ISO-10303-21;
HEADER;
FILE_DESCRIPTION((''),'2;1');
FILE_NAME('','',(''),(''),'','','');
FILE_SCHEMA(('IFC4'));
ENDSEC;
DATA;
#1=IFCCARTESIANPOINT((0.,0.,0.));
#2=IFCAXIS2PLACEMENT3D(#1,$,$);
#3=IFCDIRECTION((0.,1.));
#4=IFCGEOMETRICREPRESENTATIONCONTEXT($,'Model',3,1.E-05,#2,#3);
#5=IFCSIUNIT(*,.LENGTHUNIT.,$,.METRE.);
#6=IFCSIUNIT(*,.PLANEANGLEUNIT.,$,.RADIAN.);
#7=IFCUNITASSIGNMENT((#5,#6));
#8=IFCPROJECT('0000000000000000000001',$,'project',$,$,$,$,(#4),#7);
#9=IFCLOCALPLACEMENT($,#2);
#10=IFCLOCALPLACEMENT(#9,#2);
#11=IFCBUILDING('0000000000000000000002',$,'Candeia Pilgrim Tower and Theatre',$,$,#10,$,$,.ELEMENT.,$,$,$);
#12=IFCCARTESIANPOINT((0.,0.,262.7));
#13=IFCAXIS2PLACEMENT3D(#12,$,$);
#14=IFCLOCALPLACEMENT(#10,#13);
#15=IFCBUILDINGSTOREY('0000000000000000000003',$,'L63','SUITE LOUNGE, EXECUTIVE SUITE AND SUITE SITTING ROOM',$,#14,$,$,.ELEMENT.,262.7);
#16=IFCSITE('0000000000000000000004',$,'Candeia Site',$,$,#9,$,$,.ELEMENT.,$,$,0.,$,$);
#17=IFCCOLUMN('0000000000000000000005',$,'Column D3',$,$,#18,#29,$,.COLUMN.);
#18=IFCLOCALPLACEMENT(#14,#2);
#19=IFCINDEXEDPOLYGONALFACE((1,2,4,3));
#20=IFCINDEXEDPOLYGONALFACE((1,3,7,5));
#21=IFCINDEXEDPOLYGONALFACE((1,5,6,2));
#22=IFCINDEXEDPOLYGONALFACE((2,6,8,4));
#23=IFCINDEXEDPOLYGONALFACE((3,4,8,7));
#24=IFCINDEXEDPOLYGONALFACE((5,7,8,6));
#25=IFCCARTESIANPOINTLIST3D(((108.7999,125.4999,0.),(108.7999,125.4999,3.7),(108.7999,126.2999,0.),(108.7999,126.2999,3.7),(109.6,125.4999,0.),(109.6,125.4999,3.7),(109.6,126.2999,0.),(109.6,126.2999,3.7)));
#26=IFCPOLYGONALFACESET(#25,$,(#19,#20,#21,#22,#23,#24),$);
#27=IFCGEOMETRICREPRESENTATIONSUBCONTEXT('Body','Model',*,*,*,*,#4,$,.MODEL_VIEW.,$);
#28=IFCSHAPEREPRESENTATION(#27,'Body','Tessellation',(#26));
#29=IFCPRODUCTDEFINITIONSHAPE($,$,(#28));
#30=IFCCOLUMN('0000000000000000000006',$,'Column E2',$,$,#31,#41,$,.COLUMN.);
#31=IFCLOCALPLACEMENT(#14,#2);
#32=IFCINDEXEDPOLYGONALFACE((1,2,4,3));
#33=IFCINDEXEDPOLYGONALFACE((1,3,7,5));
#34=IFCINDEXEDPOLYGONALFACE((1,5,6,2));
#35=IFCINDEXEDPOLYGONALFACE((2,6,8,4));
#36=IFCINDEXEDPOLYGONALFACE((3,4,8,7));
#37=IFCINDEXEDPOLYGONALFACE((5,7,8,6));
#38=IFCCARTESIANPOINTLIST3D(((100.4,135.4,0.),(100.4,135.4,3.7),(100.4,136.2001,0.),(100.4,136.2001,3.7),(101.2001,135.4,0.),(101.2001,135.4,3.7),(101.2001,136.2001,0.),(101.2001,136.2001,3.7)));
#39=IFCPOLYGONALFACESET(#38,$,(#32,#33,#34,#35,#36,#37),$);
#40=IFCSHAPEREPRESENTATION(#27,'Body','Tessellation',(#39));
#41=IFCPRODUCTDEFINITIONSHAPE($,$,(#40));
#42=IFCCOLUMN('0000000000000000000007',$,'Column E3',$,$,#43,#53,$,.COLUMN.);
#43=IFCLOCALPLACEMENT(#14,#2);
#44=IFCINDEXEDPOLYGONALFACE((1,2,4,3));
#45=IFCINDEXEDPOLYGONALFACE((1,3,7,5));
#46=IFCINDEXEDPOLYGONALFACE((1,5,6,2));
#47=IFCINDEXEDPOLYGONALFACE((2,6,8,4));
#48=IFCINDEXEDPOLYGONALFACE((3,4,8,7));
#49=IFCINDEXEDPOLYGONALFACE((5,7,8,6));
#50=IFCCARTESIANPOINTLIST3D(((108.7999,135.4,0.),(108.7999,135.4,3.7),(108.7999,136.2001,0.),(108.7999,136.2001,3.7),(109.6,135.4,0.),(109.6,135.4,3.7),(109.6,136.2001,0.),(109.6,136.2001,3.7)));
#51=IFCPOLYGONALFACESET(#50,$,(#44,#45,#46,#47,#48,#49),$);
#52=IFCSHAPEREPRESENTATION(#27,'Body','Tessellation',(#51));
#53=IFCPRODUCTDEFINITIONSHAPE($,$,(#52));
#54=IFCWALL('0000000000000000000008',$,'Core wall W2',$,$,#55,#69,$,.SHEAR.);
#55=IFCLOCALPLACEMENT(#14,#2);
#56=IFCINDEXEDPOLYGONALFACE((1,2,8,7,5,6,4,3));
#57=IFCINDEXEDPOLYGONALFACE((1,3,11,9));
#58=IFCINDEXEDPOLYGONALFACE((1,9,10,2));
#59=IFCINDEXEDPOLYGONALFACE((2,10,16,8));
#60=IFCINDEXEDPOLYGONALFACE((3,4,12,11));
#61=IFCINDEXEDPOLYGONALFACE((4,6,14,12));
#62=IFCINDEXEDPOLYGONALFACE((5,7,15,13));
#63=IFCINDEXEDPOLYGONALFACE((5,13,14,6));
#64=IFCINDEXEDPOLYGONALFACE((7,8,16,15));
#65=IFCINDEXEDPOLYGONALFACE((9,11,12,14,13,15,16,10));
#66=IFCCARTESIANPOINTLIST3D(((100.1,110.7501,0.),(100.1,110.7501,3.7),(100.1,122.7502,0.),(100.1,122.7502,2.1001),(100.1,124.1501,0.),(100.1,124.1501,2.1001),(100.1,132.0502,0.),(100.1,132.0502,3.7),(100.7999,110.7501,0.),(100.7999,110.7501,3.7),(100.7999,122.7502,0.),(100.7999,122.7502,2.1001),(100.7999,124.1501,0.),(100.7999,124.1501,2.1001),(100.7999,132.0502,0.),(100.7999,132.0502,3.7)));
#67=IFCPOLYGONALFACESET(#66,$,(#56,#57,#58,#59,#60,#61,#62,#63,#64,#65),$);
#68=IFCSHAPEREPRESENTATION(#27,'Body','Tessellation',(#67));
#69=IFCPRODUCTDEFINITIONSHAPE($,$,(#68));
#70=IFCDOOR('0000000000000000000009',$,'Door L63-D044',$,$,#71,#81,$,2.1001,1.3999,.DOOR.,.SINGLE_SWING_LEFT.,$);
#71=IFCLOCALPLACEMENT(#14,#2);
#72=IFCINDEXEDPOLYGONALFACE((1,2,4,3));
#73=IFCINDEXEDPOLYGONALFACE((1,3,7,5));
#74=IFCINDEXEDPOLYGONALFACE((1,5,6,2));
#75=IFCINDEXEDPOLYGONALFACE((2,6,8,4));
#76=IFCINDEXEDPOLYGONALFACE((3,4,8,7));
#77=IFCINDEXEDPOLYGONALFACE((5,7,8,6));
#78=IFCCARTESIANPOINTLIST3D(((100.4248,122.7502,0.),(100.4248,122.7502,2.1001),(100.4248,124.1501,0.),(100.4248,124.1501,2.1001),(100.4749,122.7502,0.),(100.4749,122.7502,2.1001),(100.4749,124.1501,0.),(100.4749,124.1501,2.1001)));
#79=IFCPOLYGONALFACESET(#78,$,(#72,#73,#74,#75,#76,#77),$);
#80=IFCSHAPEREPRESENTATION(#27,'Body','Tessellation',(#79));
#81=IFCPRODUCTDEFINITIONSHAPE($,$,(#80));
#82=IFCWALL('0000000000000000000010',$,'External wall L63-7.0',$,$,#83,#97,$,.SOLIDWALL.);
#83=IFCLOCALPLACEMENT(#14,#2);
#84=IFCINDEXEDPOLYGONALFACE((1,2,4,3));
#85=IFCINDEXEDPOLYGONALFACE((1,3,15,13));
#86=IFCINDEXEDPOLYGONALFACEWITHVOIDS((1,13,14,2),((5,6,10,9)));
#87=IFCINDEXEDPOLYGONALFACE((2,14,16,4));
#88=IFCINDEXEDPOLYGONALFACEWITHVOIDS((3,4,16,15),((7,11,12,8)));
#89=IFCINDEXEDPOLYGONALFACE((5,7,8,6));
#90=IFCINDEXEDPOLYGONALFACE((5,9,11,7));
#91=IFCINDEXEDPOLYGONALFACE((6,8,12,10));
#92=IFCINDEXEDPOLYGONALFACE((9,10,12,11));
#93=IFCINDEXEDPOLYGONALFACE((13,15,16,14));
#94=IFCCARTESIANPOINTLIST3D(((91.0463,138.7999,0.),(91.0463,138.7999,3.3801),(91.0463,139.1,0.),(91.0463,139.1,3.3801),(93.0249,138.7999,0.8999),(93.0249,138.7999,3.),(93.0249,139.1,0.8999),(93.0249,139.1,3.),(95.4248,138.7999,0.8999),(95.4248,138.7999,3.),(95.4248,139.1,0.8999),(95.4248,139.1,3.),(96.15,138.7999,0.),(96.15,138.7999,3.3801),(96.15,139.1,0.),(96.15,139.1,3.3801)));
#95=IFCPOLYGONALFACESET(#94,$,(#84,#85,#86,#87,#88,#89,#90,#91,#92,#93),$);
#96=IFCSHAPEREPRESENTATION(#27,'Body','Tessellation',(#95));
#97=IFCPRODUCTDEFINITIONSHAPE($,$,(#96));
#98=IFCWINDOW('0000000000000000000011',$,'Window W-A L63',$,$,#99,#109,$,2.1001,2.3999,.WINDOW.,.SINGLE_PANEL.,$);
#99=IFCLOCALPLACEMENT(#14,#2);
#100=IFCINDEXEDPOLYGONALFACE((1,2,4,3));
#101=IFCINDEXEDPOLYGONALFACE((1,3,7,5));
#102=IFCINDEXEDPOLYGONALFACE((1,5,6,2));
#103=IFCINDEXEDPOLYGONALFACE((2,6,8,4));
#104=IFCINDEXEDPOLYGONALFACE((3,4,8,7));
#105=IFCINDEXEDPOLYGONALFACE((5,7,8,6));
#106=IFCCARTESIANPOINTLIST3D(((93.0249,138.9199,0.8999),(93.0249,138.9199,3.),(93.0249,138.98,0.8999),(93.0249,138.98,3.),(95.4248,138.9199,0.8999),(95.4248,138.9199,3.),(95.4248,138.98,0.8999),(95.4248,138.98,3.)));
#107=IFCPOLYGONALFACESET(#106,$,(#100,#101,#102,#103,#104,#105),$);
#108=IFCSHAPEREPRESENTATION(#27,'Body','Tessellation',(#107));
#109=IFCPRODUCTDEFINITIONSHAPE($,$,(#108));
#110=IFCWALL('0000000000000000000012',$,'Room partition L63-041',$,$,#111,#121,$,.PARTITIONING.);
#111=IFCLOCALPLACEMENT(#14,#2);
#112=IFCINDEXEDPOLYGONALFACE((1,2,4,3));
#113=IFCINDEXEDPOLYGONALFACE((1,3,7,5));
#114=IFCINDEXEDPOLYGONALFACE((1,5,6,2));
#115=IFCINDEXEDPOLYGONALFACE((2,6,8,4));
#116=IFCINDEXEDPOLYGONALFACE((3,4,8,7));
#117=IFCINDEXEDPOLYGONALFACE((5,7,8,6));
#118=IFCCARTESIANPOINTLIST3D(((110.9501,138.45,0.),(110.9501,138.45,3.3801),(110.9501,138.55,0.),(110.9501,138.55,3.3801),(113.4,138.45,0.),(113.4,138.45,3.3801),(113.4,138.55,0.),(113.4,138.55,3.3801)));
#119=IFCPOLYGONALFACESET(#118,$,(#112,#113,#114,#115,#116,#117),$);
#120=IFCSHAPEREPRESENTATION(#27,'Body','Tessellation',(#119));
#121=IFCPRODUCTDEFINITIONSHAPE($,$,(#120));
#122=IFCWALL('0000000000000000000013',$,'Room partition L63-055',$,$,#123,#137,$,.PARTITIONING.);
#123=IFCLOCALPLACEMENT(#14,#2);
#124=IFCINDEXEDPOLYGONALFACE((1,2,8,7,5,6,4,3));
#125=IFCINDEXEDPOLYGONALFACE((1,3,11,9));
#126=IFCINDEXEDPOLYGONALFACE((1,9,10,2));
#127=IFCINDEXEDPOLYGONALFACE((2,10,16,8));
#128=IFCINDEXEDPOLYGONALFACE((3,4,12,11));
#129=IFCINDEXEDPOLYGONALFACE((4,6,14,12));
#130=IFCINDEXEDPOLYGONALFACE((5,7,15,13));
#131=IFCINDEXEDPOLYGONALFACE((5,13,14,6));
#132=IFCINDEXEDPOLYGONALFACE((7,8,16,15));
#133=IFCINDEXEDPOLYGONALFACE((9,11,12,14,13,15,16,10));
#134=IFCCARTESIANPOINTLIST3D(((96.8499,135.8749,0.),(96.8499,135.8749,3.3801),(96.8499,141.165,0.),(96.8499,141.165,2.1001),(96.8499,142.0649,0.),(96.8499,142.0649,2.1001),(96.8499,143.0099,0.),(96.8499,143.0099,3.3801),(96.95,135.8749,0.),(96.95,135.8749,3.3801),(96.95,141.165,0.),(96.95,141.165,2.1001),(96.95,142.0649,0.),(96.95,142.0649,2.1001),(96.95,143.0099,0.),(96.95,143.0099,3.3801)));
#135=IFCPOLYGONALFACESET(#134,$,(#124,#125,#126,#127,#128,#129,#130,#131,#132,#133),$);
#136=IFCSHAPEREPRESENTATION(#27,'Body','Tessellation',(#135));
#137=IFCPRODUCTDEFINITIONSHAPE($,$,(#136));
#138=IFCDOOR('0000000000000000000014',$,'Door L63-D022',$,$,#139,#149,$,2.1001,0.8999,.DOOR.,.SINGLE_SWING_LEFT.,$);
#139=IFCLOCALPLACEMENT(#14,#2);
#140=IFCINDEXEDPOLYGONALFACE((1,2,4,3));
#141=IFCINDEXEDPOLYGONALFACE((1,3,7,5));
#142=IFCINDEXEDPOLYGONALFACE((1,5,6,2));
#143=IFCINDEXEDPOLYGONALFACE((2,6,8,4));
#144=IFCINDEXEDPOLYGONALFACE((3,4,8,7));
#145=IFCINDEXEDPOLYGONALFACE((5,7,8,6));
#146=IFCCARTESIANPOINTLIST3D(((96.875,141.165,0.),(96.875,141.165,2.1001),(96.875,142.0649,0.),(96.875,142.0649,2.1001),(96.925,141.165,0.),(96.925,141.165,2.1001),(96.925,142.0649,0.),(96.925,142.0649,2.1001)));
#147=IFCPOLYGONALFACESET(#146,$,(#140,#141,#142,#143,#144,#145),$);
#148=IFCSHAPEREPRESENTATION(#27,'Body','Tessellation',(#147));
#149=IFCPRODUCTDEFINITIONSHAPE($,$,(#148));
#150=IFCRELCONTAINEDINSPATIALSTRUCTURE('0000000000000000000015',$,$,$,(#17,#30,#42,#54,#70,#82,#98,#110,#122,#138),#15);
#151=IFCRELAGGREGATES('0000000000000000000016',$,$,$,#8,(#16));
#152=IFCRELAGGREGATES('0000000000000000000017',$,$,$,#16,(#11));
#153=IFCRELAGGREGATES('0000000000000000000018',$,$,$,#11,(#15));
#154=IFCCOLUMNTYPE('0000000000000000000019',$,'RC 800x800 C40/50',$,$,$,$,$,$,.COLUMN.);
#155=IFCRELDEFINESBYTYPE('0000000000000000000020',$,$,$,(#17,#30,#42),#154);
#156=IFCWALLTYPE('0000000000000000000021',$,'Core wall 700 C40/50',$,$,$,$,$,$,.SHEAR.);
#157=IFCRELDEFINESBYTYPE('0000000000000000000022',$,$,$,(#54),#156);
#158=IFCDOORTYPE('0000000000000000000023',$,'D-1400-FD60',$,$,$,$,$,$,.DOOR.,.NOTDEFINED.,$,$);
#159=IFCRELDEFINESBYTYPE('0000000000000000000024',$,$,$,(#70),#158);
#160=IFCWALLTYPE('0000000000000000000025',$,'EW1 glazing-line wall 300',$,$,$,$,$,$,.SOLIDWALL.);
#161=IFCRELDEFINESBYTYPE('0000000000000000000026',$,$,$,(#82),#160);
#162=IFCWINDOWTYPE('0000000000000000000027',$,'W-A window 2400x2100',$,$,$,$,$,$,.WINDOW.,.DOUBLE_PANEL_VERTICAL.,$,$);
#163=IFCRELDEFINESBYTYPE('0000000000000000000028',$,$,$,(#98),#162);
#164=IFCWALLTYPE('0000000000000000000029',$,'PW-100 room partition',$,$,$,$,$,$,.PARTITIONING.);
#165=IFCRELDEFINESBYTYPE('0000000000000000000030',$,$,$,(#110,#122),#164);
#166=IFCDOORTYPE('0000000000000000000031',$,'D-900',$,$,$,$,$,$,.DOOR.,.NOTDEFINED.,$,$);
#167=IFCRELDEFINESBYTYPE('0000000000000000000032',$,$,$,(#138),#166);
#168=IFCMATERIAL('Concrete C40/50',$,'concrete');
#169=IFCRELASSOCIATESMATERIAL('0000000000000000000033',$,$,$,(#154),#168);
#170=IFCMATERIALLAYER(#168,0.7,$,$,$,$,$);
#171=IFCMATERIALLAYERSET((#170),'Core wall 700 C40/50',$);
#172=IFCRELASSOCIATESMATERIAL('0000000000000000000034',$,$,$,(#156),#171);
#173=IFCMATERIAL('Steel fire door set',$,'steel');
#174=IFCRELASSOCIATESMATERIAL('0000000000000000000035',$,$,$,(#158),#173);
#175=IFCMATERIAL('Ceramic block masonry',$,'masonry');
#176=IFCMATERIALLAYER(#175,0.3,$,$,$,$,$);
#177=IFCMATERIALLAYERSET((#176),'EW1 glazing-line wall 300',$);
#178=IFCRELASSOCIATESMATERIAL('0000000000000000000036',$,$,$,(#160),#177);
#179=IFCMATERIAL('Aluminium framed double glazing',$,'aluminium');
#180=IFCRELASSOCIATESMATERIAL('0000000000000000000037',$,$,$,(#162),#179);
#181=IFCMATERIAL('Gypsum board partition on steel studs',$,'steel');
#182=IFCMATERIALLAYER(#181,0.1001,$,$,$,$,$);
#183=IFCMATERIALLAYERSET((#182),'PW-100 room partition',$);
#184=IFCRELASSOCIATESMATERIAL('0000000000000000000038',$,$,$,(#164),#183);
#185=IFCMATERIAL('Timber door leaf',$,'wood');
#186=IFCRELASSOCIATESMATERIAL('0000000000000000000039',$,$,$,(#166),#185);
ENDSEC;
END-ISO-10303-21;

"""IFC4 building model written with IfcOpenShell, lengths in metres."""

from ifc_helpers import new_model, si_unit, direction, frame, frame_2d, origin, origin_2d, place, context, subcontext, project, spatial, rectangle, extrude, material, layer, layer_set, material_profile, profile_set, type_object, element, fill, save


model = new_model("IFC4")

# Units and contexts
model_context = context("Model", 3, precision=1e-05, world=origin(), true_north=direction((0.0, 1.0)))
body_context = subcontext(model_context, "Body", "Model", "MODEL_VIEW")
ifc_project = project(units=[si_unit("LENGTHUNIT", "METRE"), si_unit("PLANEANGLEUNIT", "RADIAN")], contexts=[model_context])

# Site, building, storey
site_placement = place(None, origin())
site = spatial("IfcSite", under=ifc_project, at=site_placement, Name="Candeia Site", CompositionType="ELEMENT", RefElevation=0.0)
building_placement = place(site_placement, origin())
building = spatial("IfcBuilding", under=site, at=building_placement, Name="Candeia Pilgrim Tower and Theatre", CompositionType="ELEMENT")
storey_placement = place(building_placement, frame((0.0, 0.0, 262.7)))
storey = spatial("IfcBuildingStorey", under=building, at=storey_placement, Name="L63", Description="SUITE LOUNGE, EXECUTIVE SUITE AND SUITE SITTING ROOM", CompositionType="ELEMENT", Elevation=262.7)

# Columns
ifc_material_1 = material(Name="Concrete C40/50", Category="concrete")
ifc_material_profile = material_profile(ifc_material_1, rectangle(XDim=0.8, YDim=0.8, at=origin_2d()))
ifc_profile_set = profile_set([ifc_material_profile], Name="Concrete C40/50")
column_type = type_object("IfcColumnType", Name="RC 800x800 C40/50", PredefinedType="COLUMN", material=ifc_profile_set)
for number, where, z_axis, x_axis, name in (
    (1, (109.2, 125.8999, 0.0), (0.0, 0.0, 1.0), (1.0, 0.0, 0.0), "Column D3"),
    (2, (100.8, 135.8, 0.0), (0.0, 0.0, 1.0), (1.0, 0.0, 0.0), "Column E2"),
    (3, (109.2, 135.8, 0.0), (0.0, 0.0, 1.0), (1.0, 0.0, 0.0), "Column E3"),
):
    element("IfcColumn", number, at=place(storey_placement, frame(where, z_axis=z_axis, x_axis=x_axis)), inside=storey, type_object=column_type, Name=name, PredefinedType="COLUMN", context=body_context, shape_type="SweptSolid", body=[
        extrude(rectangle(XDim=0.8, YDim=0.8, at=origin_2d()), origin(), (0.0, 0.0, 1.0), 3.7),
    ])

# Wall, opening, door
ifc_layer_1 = layer(ifc_material_1, 0.7)
ifc_layer_set_1 = layer_set([ifc_layer_1], Name="Core wall 700 C40/50")
wall_type_1 = type_object("IfcWallType", Name="Core wall 700 C40/50", PredefinedType="SHEAR", material=ifc_layer_set_1)
wall_1_placement = place(storey_placement, frame((100.45, 132.05, 0.0), z_axis=(0.0, 0.0, 1.0), x_axis=(0.0, -1.0, 0.0)))
wall_1 = element("IfcWall", 4, at=wall_1_placement, inside=storey, type_object=wall_type_1, Name="Core wall W2", PredefinedType="SHEAR", context=body_context, shape_type="SweptSolid", body=[
    extrude(rectangle(XDim=21.3, YDim=0.7, at=frame_2d((10.6499, 0.0))), origin(), (0.0, 0.0, 1.0), 3.7),
])
opening_1_placement = place(wall_1_placement, frame((7.8999, 0.0, 0.0)))
opening_1 = element("IfcOpeningElement", 5, at=opening_1_placement, cuts=wall_1, PredefinedType="OPENING", context=body_context, shape_type="SweptSolid", body=[
    extrude(rectangle(XDim=1.3999, YDim=2.1001, at=frame_2d((0.7, 1.05))), frame((0.0, 0.3599, 0.0), z_axis=(0.0, -1.0, 0.0), x_axis=(1.0, 0.0, 0.0)), (0.0, 0.0, 1.0), 0.72),
])
ifc_material_2 = material(Name="Steel fire door set", Category="steel")
door_type_1 = type_object("IfcDoorType", Name="D-1400-FD60", OperationType="NOTDEFINED", PredefinedType="DOOR", material=ifc_material_2)
door_1_placement = place(opening_1_placement, origin())
door_1 = element("IfcDoor", 6, at=door_1_placement, inside=storey, type_object=door_type_1, Name="Door L63-D044", OperationType="SINGLE_SWING_LEFT", OverallHeight=2.1001, OverallWidth=1.3999, PredefinedType="DOOR", context=body_context, shape_type="SweptSolid", body=[
    extrude(rectangle(XDim=1.3999, YDim=2.1001, at=frame_2d((0.7, 1.05))), frame((0.0, 0.0249, 0.0), z_axis=(0.0, -1.0, 0.0), x_axis=(1.0, 0.0, 0.0)), (0.0, 0.0, 1.0), 0.05),
])
fill(opening_1, door_1)

# Wall, opening, window
ifc_material_3 = material(Name="Ceramic block masonry", Category="masonry")
ifc_layer_2 = layer(ifc_material_3, 0.3)
ifc_layer_set_2 = layer_set([ifc_layer_2], Name="EW1 glazing-line wall 300")
wall_type_2 = type_object("IfcWallType", Name="EW1 glazing-line wall 300", PredefinedType="SOLIDWALL", material=ifc_layer_set_2)
wall_2_placement = place(storey_placement, frame((96.1499, 138.95, 0.0), z_axis=(0.0, 0.0, 1.0), x_axis=(-1.0, 0.0, 0.0)))
wall_2 = element("IfcWall", 7, at=wall_2_placement, inside=storey, type_object=wall_type_2, Name="External wall L63-7.0", PredefinedType="SOLIDWALL", context=body_context, shape_type="SweptSolid", body=[
    extrude(rectangle(XDim=5.1038, YDim=0.3, at=frame_2d((2.5518, 0.0))), origin(), (0.0, 0.0, 1.0), 3.3801),
])
opening_2_placement = place(wall_2_placement, frame((0.7251, 0.0, 0.8999)))
opening_2 = element("IfcOpeningElement", 8, at=opening_2_placement, cuts=wall_2, PredefinedType="OPENING", context=body_context, shape_type="SweptSolid", body=[
    extrude(rectangle(XDim=2.3999, YDim=2.1001, at=frame_2d((1.2, 1.05))), frame((0.0, 0.1602, 0.0), z_axis=(0.0, -1.0, 0.0), x_axis=(1.0, 0.0, 0.0)), (0.0, 0.0, 1.0), 0.3201),
])
ifc_material_4 = material(Name="Aluminium framed double glazing", Category="aluminium")
window_type = type_object("IfcWindowType", Name="W-A window 2400x2100", PartitioningType="DOUBLE_PANEL_VERTICAL", PredefinedType="WINDOW", material=ifc_material_4)
window_placement = place(opening_2_placement, origin())
window = element("IfcWindow", 9, at=window_placement, inside=storey, type_object=window_type, Name="Window W-A L63", OverallHeight=2.1001, OverallWidth=2.3999, PartitioningType="SINGLE_PANEL", PredefinedType="WINDOW", context=body_context, shape_type="SweptSolid", body=[
    extrude(rectangle(XDim=2.3999, YDim=2.1001, at=frame_2d((1.2, 1.05))), frame((0.0, 0.03, 0.0), z_axis=(0.0, -1.0, 0.0), x_axis=(1.0, 0.0, 0.0)), (0.0, 0.0, 1.0), 0.0601),
])
fill(opening_2, window)

# Wall
ifc_material_5 = material(Name="Gypsum board partition on steel studs", Category="steel")
ifc_layer_3 = layer(ifc_material_5, 0.1001)
ifc_layer_set_3 = layer_set([ifc_layer_3], Name="PW-100 room partition")
wall_type_3 = type_object("IfcWallType", Name="PW-100 room partition", PredefinedType="PARTITIONING", material=ifc_layer_set_3)
wall_3_placement = place(storey_placement, frame((110.95, 138.5, 0.0), z_axis=(0.0, 0.0, 1.0), x_axis=(1.0, 0.0, 0.0)))
element("IfcWall", 10, at=wall_3_placement, inside=storey, type_object=wall_type_3, Name="Room partition L63-041", PredefinedType="PARTITIONING", context=body_context, shape_type="SweptSolid", body=[
    extrude(rectangle(XDim=2.45, YDim=0.1001, at=frame_2d((1.2251, 0.0))), origin(), (0.0, 0.0, 1.0), 3.3801),
])

# Wall, opening, door
wall_4_placement = place(storey_placement, frame((96.8999, 135.875, 0.0), z_axis=(0.0, 0.0, 1.0), x_axis=(0.0, 1.0, 0.0)))
wall_4 = element("IfcWall", 11, at=wall_4_placement, inside=storey, type_object=wall_type_3, Name="Room partition L63-055", PredefinedType="PARTITIONING", context=body_context, shape_type="SweptSolid", body=[
    extrude(rectangle(XDim=7.135, YDim=0.1001, at=frame_2d((3.5674, 0.0))), origin(), (0.0, 0.0, 1.0), 3.3801),
])
opening_3_placement = place(wall_4_placement, frame((5.29, 0.0, 0.0)))
opening_3 = element("IfcOpeningElement", 12, at=opening_3_placement, cuts=wall_4, PredefinedType="OPENING", context=body_context, shape_type="SweptSolid", body=[
    extrude(rectangle(XDim=0.8999, YDim=2.1001, at=frame_2d((0.45, 1.05))), frame((0.0, 0.0601, 0.0), z_axis=(0.0, -1.0, 0.0), x_axis=(1.0, 0.0, 0.0)), (0.0, 0.0, 1.0), 0.1201),
])
ifc_material_6 = material(Name="Timber door leaf", Category="wood")
door_type_2 = type_object("IfcDoorType", Name="D-900", OperationType="NOTDEFINED", PredefinedType="DOOR", material=ifc_material_6)
door_2_placement = place(opening_3_placement, origin())
door_2 = element("IfcDoor", 13, at=door_2_placement, inside=storey, type_object=door_type_2, Name="Door L63-D022", OperationType="SINGLE_SWING_LEFT", OverallHeight=2.1001, OverallWidth=0.8999, PredefinedType="DOOR", context=body_context, shape_type="SweptSolid", body=[
    extrude(rectangle(XDim=0.8999, YDim=2.1001, at=frame_2d((0.45, 1.05))), frame((0.0, 0.0249, 0.0), z_axis=(0.0, -1.0, 0.0), x_axis=(1.0, 0.0, 0.0)), (0.0, 0.0, 1.0), 0.05),
])
fill(opening_3, door_2)

save(model, "model.ifc")
